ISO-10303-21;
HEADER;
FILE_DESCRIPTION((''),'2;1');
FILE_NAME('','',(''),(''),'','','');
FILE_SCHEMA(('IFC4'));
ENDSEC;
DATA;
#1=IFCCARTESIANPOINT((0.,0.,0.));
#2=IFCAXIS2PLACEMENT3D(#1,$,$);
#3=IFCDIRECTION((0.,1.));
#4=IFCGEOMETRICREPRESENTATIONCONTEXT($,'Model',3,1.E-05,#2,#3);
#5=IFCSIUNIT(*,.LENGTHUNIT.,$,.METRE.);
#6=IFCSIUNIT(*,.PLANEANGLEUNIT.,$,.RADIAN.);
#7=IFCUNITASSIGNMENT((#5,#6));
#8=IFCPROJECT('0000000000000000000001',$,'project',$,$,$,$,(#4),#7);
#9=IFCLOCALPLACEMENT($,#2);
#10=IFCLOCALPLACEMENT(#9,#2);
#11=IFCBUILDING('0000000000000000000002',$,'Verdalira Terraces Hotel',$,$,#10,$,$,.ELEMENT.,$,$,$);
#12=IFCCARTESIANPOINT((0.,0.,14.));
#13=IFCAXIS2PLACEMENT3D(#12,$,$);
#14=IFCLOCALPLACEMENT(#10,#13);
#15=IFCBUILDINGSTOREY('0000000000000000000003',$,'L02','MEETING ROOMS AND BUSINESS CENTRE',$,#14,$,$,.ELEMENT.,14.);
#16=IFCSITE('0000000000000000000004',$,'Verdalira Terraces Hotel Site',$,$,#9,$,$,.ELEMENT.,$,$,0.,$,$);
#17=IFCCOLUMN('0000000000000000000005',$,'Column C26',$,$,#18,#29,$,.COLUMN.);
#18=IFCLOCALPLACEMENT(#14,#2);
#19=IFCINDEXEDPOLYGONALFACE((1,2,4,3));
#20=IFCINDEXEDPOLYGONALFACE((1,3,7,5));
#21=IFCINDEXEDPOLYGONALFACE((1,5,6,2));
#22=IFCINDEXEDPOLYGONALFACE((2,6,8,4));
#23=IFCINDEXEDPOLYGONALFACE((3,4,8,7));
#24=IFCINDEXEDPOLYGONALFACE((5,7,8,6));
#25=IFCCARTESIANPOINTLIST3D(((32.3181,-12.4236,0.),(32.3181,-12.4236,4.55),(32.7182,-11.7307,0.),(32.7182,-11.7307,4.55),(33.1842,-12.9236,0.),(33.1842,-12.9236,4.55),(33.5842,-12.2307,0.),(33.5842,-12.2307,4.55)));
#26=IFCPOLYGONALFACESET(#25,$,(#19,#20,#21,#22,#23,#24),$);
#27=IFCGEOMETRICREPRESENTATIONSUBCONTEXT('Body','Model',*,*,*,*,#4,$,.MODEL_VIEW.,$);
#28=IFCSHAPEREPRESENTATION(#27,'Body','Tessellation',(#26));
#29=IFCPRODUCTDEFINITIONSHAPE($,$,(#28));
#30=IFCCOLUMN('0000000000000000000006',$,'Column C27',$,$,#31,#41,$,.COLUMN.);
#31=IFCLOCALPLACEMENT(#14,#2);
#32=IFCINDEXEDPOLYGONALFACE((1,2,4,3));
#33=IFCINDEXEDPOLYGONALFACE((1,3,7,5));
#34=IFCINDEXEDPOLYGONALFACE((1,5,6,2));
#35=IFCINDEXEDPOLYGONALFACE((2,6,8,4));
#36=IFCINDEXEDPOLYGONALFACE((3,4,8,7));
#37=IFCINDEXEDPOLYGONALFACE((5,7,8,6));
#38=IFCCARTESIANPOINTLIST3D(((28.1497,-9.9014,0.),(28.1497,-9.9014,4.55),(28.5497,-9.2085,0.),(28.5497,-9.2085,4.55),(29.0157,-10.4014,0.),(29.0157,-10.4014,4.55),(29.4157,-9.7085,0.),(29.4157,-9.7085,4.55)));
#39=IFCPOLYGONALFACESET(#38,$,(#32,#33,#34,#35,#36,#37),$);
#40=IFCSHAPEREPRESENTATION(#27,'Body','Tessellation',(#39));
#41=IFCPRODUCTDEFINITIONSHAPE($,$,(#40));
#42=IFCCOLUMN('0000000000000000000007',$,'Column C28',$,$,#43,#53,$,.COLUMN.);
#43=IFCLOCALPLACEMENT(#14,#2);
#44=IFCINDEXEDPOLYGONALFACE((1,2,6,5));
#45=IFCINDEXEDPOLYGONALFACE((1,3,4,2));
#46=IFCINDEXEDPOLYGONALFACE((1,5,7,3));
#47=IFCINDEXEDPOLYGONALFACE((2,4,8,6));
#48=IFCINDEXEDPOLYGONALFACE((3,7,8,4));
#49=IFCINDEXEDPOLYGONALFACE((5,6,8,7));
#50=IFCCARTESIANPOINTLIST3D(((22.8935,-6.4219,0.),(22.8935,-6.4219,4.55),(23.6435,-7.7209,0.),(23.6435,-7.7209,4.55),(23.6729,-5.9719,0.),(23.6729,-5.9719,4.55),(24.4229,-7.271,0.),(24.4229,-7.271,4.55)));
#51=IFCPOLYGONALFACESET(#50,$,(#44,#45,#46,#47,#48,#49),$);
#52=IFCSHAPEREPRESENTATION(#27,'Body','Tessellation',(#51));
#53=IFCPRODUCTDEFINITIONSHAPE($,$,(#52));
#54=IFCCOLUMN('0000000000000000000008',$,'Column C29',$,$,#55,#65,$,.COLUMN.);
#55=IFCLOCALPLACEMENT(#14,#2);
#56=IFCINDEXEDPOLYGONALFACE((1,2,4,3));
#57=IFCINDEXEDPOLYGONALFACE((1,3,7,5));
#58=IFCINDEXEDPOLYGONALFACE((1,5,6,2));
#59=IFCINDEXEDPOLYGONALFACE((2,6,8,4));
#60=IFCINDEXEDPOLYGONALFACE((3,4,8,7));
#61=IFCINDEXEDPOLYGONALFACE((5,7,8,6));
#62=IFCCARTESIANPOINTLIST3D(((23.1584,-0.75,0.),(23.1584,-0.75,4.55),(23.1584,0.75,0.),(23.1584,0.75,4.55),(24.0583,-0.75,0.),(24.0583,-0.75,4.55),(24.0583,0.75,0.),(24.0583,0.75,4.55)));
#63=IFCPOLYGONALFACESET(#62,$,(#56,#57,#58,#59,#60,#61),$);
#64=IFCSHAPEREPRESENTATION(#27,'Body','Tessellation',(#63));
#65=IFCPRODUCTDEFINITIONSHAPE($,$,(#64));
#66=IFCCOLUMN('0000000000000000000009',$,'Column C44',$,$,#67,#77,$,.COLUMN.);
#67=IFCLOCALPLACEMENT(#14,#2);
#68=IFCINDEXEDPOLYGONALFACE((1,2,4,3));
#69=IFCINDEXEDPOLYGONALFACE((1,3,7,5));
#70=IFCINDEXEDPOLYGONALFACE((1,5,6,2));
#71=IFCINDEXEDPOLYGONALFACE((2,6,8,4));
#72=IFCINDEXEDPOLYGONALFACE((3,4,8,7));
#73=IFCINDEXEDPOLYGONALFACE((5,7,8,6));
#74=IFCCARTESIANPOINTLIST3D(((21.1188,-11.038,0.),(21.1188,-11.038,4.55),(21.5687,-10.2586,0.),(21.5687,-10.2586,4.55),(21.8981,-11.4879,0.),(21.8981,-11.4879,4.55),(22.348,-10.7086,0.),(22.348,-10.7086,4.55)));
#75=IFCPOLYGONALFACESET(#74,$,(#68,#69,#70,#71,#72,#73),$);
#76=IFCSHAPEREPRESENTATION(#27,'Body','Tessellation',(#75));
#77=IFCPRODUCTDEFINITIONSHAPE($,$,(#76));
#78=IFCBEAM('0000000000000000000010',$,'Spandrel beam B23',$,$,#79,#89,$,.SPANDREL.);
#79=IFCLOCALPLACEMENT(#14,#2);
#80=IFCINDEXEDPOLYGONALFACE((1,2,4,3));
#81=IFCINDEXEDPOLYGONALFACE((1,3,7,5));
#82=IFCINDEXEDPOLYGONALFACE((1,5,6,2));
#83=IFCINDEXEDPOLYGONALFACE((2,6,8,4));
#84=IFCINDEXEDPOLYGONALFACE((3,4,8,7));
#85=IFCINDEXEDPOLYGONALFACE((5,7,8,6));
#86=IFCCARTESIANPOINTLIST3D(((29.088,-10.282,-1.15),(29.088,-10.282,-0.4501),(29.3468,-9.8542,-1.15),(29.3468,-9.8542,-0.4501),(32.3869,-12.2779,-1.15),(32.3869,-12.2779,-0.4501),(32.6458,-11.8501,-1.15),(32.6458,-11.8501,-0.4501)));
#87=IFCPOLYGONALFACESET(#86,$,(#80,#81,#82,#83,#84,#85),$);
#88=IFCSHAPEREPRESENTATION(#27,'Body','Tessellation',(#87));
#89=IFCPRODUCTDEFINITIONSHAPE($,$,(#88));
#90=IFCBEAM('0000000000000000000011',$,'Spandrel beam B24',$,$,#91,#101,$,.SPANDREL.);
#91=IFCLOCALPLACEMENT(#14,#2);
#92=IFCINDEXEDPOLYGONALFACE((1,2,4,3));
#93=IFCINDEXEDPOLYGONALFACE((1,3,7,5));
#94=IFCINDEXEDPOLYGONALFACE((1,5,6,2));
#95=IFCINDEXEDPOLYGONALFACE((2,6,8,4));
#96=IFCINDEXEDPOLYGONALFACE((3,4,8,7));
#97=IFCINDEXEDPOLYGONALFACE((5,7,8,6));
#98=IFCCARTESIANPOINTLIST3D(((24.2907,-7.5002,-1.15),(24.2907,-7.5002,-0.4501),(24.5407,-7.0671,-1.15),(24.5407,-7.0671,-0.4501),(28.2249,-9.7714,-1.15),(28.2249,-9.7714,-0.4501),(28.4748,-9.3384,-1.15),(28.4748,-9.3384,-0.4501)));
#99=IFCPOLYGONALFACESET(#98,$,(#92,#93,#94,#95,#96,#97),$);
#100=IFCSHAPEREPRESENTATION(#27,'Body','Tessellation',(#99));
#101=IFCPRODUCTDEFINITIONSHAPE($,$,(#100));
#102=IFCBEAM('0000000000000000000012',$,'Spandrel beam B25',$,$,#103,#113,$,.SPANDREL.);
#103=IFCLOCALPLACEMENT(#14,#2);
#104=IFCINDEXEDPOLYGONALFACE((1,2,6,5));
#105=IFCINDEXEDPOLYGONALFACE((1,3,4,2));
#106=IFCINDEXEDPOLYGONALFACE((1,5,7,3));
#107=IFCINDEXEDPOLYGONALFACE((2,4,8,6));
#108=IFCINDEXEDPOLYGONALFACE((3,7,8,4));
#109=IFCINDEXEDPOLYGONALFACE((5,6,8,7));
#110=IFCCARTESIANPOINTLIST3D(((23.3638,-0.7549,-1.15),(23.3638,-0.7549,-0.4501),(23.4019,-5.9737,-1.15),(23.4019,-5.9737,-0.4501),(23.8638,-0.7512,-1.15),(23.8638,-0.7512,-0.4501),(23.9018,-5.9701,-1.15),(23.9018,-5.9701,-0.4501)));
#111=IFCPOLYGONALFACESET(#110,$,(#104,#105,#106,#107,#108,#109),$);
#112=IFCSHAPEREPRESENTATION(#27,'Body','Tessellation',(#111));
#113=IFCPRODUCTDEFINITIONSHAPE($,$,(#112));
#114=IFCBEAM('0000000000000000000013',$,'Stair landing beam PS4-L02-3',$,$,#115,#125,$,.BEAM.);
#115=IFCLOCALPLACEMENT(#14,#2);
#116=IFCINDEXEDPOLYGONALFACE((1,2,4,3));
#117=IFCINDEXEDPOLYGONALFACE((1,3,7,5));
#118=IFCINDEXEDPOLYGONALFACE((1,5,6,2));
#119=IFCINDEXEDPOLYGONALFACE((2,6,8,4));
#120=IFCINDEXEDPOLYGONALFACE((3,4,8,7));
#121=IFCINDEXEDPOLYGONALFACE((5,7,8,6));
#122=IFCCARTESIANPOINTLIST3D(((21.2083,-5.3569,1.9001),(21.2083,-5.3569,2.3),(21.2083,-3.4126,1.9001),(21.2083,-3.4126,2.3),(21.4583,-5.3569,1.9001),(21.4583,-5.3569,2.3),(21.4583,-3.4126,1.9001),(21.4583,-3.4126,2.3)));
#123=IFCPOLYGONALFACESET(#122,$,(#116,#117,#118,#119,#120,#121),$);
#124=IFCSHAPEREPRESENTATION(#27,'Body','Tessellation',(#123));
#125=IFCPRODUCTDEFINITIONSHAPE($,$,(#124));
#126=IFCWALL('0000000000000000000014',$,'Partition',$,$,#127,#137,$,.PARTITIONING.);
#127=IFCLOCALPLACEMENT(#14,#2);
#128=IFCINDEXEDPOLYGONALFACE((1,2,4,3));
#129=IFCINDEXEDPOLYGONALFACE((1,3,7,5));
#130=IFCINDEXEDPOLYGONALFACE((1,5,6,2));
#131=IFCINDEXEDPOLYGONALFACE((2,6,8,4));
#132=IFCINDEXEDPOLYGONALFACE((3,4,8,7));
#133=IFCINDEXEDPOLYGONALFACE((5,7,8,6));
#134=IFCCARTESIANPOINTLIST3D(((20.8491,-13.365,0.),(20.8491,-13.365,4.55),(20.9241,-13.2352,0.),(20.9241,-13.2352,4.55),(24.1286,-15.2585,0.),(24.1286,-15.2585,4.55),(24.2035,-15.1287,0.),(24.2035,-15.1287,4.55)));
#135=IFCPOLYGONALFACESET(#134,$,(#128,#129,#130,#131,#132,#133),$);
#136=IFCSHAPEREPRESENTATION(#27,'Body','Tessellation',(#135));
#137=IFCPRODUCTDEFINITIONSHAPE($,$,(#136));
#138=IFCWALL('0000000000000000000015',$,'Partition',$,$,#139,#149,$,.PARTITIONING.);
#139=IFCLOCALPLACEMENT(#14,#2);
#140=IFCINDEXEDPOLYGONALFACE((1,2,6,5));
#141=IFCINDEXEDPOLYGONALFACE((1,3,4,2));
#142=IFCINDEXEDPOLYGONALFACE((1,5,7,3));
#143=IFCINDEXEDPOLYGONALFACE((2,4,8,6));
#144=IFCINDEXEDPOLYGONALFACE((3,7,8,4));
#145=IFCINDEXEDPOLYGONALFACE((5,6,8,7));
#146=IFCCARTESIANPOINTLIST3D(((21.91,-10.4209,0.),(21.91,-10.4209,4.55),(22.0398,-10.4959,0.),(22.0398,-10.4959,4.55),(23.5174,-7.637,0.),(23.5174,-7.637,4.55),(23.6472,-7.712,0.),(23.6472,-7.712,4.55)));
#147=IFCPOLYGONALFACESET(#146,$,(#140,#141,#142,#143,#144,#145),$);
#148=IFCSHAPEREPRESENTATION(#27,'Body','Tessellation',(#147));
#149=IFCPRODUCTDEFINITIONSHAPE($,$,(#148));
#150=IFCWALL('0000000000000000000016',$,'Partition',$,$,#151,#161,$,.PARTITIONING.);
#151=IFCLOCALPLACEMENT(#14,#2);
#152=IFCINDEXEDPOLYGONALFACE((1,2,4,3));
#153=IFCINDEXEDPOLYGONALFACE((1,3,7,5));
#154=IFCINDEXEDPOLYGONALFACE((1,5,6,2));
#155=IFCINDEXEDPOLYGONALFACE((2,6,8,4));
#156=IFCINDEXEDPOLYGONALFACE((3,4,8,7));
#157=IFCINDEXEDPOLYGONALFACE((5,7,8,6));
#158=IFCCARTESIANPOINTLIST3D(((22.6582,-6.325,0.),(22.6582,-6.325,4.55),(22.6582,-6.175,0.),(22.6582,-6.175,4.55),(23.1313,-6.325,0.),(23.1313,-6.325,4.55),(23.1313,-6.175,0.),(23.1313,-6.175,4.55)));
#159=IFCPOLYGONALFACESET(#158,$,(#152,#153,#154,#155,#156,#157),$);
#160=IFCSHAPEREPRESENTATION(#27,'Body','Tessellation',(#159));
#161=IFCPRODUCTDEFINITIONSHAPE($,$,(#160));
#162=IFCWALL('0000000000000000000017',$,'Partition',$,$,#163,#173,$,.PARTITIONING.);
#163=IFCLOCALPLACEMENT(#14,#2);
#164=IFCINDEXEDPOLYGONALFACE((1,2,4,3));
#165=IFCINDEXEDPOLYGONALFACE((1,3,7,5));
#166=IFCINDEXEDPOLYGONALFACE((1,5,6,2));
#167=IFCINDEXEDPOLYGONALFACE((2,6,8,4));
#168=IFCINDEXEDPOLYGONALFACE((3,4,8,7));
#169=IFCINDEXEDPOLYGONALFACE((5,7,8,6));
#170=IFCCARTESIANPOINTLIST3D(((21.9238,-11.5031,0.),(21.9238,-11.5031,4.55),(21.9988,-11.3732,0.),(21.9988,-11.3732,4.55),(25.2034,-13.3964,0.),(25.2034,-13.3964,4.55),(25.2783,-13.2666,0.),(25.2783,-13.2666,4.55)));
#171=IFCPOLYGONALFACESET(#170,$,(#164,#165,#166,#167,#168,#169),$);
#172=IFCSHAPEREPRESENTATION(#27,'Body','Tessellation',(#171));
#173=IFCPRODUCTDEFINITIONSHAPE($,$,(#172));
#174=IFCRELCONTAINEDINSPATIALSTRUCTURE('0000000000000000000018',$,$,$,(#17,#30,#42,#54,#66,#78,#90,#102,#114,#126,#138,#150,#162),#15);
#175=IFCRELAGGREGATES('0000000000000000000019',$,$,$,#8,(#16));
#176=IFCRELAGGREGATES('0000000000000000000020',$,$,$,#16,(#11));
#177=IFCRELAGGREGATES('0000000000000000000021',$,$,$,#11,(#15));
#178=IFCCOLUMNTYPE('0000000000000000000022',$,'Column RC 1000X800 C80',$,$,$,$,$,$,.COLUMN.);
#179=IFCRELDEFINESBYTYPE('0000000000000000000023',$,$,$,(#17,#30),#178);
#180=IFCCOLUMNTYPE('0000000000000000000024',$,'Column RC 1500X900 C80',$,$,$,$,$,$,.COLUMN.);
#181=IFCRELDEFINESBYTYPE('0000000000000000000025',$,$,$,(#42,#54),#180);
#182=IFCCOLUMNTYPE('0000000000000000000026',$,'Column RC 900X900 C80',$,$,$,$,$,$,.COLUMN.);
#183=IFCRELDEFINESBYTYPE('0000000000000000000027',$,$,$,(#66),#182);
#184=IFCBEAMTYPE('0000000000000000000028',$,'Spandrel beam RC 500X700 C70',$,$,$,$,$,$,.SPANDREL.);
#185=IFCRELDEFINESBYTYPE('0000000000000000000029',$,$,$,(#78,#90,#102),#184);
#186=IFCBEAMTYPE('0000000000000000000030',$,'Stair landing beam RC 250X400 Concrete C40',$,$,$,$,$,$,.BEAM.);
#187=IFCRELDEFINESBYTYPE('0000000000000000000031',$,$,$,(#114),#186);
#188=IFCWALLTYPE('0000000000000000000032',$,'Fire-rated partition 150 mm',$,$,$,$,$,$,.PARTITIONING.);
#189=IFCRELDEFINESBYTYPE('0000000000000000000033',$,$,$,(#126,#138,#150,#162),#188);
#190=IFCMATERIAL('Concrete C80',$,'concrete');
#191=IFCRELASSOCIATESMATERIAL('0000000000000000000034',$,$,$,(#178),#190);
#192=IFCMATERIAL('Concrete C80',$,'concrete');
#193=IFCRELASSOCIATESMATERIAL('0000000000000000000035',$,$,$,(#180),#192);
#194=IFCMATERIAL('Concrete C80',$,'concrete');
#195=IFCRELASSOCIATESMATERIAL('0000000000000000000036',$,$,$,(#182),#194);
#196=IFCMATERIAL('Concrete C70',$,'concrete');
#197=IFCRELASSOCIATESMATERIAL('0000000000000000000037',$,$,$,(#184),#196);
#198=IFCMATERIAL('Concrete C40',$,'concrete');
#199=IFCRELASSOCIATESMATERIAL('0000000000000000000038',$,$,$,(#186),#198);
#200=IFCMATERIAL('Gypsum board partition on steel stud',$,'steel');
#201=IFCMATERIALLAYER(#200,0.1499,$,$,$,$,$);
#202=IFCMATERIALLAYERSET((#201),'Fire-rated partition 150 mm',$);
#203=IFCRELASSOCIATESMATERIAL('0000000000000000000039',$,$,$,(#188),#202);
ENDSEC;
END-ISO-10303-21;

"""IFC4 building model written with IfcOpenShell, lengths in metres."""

from ifc_helpers import new_model, si_unit, direction, frame, frame_2d, origin, origin_2d, place, context, subcontext, project, spatial, rectangle, extrude, material, layer, layer_set, material_profile, profile_set, type_object, element, save


model = new_model("IFC4")

# Units and contexts
model_context = context("Model", 3, precision=1e-05, world=origin(), true_north=direction((0.0, 1.0)))
body_context = subcontext(model_context, "Body", "Model", "MODEL_VIEW")
ifc_project = project(units=[si_unit("LENGTHUNIT", "METRE"), si_unit("PLANEANGLEUNIT", "RADIAN")], contexts=[model_context])

# Site, building, storey
site_placement = place(None, origin())
site = spatial("IfcSite", under=ifc_project, at=site_placement, Name="Verdalira Terraces Hotel Site", CompositionType="ELEMENT", RefElevation=0.0)
building_placement = place(site_placement, origin())
building = spatial("IfcBuilding", under=site, at=building_placement, Name="Verdalira Terraces Hotel", CompositionType="ELEMENT")
storey_placement = place(building_placement, frame((0.0, 0.0, 14.0)))
storey = spatial("IfcBuildingStorey", under=building, at=storey_placement, Name="L02", Description="MEETING ROOMS AND BUSINESS CENTRE", CompositionType="ELEMENT", Elevation=14.0)

# Columns
ifc_material_1 = material(Name="Concrete C80", Category="concrete")
ifc_material_profile_1 = material_profile(ifc_material_1, rectangle(XDim=1.0, YDim=0.8, at=origin_2d()), Name="RC 1000X800")
ifc_profile_set_1 = profile_set([ifc_material_profile_1], Name="Concrete C80")
column_type_1 = type_object("IfcColumnType", Name="Column RC 1000X800 C80", PredefinedType="COLUMN", material=ifc_profile_set_1)
for number, where, z_axis, x_axis, name in (
    (1, (32.9512, -12.3271, 0.0), (0.0, 0.0, 1.0), (-0.866025, 0.5, 0.0), "Column C26"),
    (2, (28.7827, -9.8049, 0.0), (0.0, 0.0, 1.0), (-0.866025, 0.5, 0.0), "Column C27"),
):
    element("IfcColumn", number, at=place(storey_placement, frame(where, z_axis=z_axis, x_axis=x_axis)), inside=storey, type_object=column_type_1, Name=name, PredefinedType="COLUMN", context=body_context, shape_type="SweptSolid", body=[
        extrude(rectangle(XDim=1.0, YDim=0.8, at=origin_2d()), origin(), (0.0, 0.0, 1.0), 4.55),
    ])
ifc_material_2 = material(Name="Concrete C80", Category="concrete")
ifc_material_profile_2 = material_profile(ifc_material_2, rectangle(XDim=1.5, YDim=0.8999, at=origin_2d()), Name="RC 1500X900")
ifc_profile_set_2 = profile_set([ifc_material_profile_2], Name="Concrete C80")
column_type_2 = type_object("IfcColumnType", Name="Column RC 1500X900 C80", PredefinedType="COLUMN", material=ifc_profile_set_2)
for number, where, z_axis, x_axis, name in (
    (3, (23.6582, -6.8464, 0.0), (0.0, 0.0, 1.0), (0.5, -0.866025, 0.0), "Column C28"),
    (4, (23.6084, 0.0, 0.0), (0.0, 0.0, 1.0), (0.0, 1.0, 0.0), "Column C29"),
):
    element("IfcColumn", number, at=place(storey_placement, frame(where, z_axis=z_axis, x_axis=x_axis)), inside=storey, type_object=column_type_2, Name=name, PredefinedType="COLUMN", context=body_context, shape_type="SweptSolid", body=[
        extrude(rectangle(XDim=1.5, YDim=0.8999, at=origin_2d()), origin(), (0.0, 0.0, 1.0), 4.55),
    ])
ifc_material_3 = material(Name="Concrete C80", Category="concrete")
ifc_material_profile_3 = material_profile(ifc_material_3, rectangle(XDim=0.8999, YDim=0.8999, at=origin_2d()), Name="RC 900X900")
ifc_profile_set_3 = profile_set([ifc_material_profile_3], Name="Concrete C80")
column_type_3 = type_object("IfcColumnType", Name="Column RC 900X900 C80", PredefinedType="COLUMN", material=ifc_profile_set_3)
column_placement = place(storey_placement, frame((21.7334, -10.8733, 0.0), z_axis=(0.0, 0.0, 1.0), x_axis=(0.866025, -0.5, 0.0)))
element("IfcColumn", 5, at=column_placement, inside=storey, type_object=column_type_3, Name="Column C44", PredefinedType="COLUMN", context=body_context, shape_type="SweptSolid", body=[
    extrude(rectangle(XDim=0.8999, YDim=0.8999, at=origin_2d()), origin(), (0.0, 0.0, 1.0), 4.55),
])

# Beams
ifc_material_4 = material(Name="Concrete C70", Category="concrete")
ifc_material_profile_4 = material_profile(ifc_material_4, rectangle(XDim=0.5, YDim=0.7, at=origin_2d()), Name="RC 500X700")
ifc_profile_set_4 = profile_set([ifc_material_profile_4], Name="Concrete C70")
beam_type_1 = type_object("IfcBeamType", Name="Spandrel beam RC 500X700 C70", PredefinedType="SPANDREL", material=ifc_profile_set_4)
beam_1_placement = place(storey_placement, frame((32.5164, -12.064, -0.8), z_axis=(-0.855593, 0.517649, 0.0), x_axis=(-0.517649, -0.855593, 0.0)))
element("IfcBeam", 6, at=beam_1_placement, inside=storey, type_object=beam_type_1, Name="Spandrel beam B23", PredefinedType="SPANDREL", context=body_context, shape_type="SweptSolid", body=[
    extrude(rectangle(XDim=0.5, YDim=0.7, at=origin_2d()), origin(), (0.0, 0.0, 1.0), 3.8557),
])
beam_2_placement = place(storey_placement, frame((28.3499, -9.5549, -0.8), z_axis=(-0.866035, 0.499983, 0.0), x_axis=(-0.499983, -0.866035, 0.0)))
element("IfcBeam", 7, at=beam_2_placement, inside=storey, type_object=beam_type_1, Name="Spandrel beam B24", PredefinedType="SPANDREL", context=body_context, shape_type="SweptSolid", body=[
    extrude(rectangle(XDim=0.5, YDim=0.7, at=origin_2d()), origin(), (0.0, 0.0, 1.0), 4.5427),
])
beam_3_placement = place(storey_placement, frame((23.6519, -5.9719, -0.8), z_axis=(-0.007298, 0.999973, 0.0), x_axis=(-0.999973, -0.007298, 0.0)))
element("IfcBeam", 8, at=beam_3_placement, inside=storey, type_object=beam_type_1, Name="Spandrel beam B25", PredefinedType="SPANDREL", context=body_context, shape_type="SweptSolid", body=[
    extrude(rectangle(XDim=0.5, YDim=0.7, at=origin_2d()), origin(), (0.0, 0.0, 1.0), 5.219),
])
ifc_material_5 = material(Name="Concrete C40", Category="concrete")
ifc_material_profile_5 = material_profile(ifc_material_5, rectangle(XDim=0.25, YDim=0.3999, at=origin_2d()), Name="RC 250X400")
ifc_profile_set_5 = profile_set([ifc_material_profile_5], Name="Concrete C40")
beam_type_2 = type_object("IfcBeamType", Name="Stair landing beam RC 250X400 Concrete C40", PredefinedType="BEAM", material=ifc_profile_set_5)
beam_4_placement = place(storey_placement, frame((21.3333, -3.4126, 2.1001), z_axis=(0.0, -1.0, 0.0), x_axis=(1.0, 0.0, 0.0)))
element("IfcBeam", 9, at=beam_4_placement, inside=storey, type_object=beam_type_2, Name="Stair landing beam PS4-L02-3", PredefinedType="BEAM", context=body_context, shape_type="SweptSolid", body=[
    extrude(rectangle(XDim=0.25, YDim=0.3999, at=origin_2d()), origin(), (0.0, 0.0, 1.0), 1.9443),
])

# Walls
ifc_material_6 = material(Name="Gypsum board partition on steel stud", Category="steel")
ifc_layer_1 = layer(ifc_material_6, 0.1499)
ifc_layer_set_1 = layer_set([ifc_layer_1], Name="Fire-rated partition 150 mm")
wall_type_1 = type_object("IfcWallType", Name="Fire-rated partition 150 mm", PredefinedType="PARTITIONING", material=ifc_layer_set_1)
wall_1_placement = place(storey_placement, frame((20.8865, -13.3, 0.0), z_axis=(0.0, 0.0, 1.0), x_axis=(0.866013, -0.500022, 0.0)))
element("IfcWall", 10, at=wall_1_placement, inside=storey, type_object=wall_type_1, Name="Partition", PredefinedType="PARTITIONING", context=body_context, shape_type="SweptSolid", body=[
    extrude(rectangle(XDim=3.7869, YDim=0.1499, at=frame_2d((1.8936, 0.0))), origin(), (0.0, 0.0, 1.0), 4.55),
])
wall_2_placement = place(storey_placement, frame((21.9749, -10.4585, 0.0), z_axis=(0.0, 0.0, 1.0), x_axis=(0.500027, 0.86601, 0.0)))
element("IfcWall", 11, at=wall_2_placement, inside=storey, type_object=wall_type_1, Name="Partition", PredefinedType="PARTITIONING", context=body_context, shape_type="SweptSolid", body=[
    extrude(rectangle(XDim=3.2146, YDim=0.1499, at=frame_2d((1.6074, 0.0))), origin(), (0.0, 0.0, 1.0), 4.55),
])
wall_3_placement = place(storey_placement, frame((22.6582, -6.25, 0.0), z_axis=(0.0, 0.0, 1.0), x_axis=(1.0, 0.0, 0.0)))
element("IfcWall", 12, at=wall_3_placement, inside=storey, type_object=wall_type_1, Name="Partition", PredefinedType="PARTITIONING", context=body_context, shape_type="SweptSolid", body=[
    extrude(rectangle(XDim=0.4731, YDim=0.1499, at=frame_2d((0.2366, 0.0))), origin(), (0.0, 0.0, 1.0), 4.55),
])
wall_4_placement = place(storey_placement, frame((25.241, -13.3315, 0.0), z_axis=(0.0, 0.0, 1.0), x_axis=(-0.866041, 0.499974, 0.0)))
element("IfcWall", 13, at=wall_4_placement, inside=storey, type_object=wall_type_1, Name="Partition", PredefinedType="PARTITIONING", context=body_context, shape_type="SweptSolid", body=[
    extrude(rectangle(XDim=3.7869, YDim=0.1499, at=frame_2d((1.8936, 0.0))), origin(), (0.0, 0.0, 1.0), 4.55),
])

save(model, "model.ifc")
